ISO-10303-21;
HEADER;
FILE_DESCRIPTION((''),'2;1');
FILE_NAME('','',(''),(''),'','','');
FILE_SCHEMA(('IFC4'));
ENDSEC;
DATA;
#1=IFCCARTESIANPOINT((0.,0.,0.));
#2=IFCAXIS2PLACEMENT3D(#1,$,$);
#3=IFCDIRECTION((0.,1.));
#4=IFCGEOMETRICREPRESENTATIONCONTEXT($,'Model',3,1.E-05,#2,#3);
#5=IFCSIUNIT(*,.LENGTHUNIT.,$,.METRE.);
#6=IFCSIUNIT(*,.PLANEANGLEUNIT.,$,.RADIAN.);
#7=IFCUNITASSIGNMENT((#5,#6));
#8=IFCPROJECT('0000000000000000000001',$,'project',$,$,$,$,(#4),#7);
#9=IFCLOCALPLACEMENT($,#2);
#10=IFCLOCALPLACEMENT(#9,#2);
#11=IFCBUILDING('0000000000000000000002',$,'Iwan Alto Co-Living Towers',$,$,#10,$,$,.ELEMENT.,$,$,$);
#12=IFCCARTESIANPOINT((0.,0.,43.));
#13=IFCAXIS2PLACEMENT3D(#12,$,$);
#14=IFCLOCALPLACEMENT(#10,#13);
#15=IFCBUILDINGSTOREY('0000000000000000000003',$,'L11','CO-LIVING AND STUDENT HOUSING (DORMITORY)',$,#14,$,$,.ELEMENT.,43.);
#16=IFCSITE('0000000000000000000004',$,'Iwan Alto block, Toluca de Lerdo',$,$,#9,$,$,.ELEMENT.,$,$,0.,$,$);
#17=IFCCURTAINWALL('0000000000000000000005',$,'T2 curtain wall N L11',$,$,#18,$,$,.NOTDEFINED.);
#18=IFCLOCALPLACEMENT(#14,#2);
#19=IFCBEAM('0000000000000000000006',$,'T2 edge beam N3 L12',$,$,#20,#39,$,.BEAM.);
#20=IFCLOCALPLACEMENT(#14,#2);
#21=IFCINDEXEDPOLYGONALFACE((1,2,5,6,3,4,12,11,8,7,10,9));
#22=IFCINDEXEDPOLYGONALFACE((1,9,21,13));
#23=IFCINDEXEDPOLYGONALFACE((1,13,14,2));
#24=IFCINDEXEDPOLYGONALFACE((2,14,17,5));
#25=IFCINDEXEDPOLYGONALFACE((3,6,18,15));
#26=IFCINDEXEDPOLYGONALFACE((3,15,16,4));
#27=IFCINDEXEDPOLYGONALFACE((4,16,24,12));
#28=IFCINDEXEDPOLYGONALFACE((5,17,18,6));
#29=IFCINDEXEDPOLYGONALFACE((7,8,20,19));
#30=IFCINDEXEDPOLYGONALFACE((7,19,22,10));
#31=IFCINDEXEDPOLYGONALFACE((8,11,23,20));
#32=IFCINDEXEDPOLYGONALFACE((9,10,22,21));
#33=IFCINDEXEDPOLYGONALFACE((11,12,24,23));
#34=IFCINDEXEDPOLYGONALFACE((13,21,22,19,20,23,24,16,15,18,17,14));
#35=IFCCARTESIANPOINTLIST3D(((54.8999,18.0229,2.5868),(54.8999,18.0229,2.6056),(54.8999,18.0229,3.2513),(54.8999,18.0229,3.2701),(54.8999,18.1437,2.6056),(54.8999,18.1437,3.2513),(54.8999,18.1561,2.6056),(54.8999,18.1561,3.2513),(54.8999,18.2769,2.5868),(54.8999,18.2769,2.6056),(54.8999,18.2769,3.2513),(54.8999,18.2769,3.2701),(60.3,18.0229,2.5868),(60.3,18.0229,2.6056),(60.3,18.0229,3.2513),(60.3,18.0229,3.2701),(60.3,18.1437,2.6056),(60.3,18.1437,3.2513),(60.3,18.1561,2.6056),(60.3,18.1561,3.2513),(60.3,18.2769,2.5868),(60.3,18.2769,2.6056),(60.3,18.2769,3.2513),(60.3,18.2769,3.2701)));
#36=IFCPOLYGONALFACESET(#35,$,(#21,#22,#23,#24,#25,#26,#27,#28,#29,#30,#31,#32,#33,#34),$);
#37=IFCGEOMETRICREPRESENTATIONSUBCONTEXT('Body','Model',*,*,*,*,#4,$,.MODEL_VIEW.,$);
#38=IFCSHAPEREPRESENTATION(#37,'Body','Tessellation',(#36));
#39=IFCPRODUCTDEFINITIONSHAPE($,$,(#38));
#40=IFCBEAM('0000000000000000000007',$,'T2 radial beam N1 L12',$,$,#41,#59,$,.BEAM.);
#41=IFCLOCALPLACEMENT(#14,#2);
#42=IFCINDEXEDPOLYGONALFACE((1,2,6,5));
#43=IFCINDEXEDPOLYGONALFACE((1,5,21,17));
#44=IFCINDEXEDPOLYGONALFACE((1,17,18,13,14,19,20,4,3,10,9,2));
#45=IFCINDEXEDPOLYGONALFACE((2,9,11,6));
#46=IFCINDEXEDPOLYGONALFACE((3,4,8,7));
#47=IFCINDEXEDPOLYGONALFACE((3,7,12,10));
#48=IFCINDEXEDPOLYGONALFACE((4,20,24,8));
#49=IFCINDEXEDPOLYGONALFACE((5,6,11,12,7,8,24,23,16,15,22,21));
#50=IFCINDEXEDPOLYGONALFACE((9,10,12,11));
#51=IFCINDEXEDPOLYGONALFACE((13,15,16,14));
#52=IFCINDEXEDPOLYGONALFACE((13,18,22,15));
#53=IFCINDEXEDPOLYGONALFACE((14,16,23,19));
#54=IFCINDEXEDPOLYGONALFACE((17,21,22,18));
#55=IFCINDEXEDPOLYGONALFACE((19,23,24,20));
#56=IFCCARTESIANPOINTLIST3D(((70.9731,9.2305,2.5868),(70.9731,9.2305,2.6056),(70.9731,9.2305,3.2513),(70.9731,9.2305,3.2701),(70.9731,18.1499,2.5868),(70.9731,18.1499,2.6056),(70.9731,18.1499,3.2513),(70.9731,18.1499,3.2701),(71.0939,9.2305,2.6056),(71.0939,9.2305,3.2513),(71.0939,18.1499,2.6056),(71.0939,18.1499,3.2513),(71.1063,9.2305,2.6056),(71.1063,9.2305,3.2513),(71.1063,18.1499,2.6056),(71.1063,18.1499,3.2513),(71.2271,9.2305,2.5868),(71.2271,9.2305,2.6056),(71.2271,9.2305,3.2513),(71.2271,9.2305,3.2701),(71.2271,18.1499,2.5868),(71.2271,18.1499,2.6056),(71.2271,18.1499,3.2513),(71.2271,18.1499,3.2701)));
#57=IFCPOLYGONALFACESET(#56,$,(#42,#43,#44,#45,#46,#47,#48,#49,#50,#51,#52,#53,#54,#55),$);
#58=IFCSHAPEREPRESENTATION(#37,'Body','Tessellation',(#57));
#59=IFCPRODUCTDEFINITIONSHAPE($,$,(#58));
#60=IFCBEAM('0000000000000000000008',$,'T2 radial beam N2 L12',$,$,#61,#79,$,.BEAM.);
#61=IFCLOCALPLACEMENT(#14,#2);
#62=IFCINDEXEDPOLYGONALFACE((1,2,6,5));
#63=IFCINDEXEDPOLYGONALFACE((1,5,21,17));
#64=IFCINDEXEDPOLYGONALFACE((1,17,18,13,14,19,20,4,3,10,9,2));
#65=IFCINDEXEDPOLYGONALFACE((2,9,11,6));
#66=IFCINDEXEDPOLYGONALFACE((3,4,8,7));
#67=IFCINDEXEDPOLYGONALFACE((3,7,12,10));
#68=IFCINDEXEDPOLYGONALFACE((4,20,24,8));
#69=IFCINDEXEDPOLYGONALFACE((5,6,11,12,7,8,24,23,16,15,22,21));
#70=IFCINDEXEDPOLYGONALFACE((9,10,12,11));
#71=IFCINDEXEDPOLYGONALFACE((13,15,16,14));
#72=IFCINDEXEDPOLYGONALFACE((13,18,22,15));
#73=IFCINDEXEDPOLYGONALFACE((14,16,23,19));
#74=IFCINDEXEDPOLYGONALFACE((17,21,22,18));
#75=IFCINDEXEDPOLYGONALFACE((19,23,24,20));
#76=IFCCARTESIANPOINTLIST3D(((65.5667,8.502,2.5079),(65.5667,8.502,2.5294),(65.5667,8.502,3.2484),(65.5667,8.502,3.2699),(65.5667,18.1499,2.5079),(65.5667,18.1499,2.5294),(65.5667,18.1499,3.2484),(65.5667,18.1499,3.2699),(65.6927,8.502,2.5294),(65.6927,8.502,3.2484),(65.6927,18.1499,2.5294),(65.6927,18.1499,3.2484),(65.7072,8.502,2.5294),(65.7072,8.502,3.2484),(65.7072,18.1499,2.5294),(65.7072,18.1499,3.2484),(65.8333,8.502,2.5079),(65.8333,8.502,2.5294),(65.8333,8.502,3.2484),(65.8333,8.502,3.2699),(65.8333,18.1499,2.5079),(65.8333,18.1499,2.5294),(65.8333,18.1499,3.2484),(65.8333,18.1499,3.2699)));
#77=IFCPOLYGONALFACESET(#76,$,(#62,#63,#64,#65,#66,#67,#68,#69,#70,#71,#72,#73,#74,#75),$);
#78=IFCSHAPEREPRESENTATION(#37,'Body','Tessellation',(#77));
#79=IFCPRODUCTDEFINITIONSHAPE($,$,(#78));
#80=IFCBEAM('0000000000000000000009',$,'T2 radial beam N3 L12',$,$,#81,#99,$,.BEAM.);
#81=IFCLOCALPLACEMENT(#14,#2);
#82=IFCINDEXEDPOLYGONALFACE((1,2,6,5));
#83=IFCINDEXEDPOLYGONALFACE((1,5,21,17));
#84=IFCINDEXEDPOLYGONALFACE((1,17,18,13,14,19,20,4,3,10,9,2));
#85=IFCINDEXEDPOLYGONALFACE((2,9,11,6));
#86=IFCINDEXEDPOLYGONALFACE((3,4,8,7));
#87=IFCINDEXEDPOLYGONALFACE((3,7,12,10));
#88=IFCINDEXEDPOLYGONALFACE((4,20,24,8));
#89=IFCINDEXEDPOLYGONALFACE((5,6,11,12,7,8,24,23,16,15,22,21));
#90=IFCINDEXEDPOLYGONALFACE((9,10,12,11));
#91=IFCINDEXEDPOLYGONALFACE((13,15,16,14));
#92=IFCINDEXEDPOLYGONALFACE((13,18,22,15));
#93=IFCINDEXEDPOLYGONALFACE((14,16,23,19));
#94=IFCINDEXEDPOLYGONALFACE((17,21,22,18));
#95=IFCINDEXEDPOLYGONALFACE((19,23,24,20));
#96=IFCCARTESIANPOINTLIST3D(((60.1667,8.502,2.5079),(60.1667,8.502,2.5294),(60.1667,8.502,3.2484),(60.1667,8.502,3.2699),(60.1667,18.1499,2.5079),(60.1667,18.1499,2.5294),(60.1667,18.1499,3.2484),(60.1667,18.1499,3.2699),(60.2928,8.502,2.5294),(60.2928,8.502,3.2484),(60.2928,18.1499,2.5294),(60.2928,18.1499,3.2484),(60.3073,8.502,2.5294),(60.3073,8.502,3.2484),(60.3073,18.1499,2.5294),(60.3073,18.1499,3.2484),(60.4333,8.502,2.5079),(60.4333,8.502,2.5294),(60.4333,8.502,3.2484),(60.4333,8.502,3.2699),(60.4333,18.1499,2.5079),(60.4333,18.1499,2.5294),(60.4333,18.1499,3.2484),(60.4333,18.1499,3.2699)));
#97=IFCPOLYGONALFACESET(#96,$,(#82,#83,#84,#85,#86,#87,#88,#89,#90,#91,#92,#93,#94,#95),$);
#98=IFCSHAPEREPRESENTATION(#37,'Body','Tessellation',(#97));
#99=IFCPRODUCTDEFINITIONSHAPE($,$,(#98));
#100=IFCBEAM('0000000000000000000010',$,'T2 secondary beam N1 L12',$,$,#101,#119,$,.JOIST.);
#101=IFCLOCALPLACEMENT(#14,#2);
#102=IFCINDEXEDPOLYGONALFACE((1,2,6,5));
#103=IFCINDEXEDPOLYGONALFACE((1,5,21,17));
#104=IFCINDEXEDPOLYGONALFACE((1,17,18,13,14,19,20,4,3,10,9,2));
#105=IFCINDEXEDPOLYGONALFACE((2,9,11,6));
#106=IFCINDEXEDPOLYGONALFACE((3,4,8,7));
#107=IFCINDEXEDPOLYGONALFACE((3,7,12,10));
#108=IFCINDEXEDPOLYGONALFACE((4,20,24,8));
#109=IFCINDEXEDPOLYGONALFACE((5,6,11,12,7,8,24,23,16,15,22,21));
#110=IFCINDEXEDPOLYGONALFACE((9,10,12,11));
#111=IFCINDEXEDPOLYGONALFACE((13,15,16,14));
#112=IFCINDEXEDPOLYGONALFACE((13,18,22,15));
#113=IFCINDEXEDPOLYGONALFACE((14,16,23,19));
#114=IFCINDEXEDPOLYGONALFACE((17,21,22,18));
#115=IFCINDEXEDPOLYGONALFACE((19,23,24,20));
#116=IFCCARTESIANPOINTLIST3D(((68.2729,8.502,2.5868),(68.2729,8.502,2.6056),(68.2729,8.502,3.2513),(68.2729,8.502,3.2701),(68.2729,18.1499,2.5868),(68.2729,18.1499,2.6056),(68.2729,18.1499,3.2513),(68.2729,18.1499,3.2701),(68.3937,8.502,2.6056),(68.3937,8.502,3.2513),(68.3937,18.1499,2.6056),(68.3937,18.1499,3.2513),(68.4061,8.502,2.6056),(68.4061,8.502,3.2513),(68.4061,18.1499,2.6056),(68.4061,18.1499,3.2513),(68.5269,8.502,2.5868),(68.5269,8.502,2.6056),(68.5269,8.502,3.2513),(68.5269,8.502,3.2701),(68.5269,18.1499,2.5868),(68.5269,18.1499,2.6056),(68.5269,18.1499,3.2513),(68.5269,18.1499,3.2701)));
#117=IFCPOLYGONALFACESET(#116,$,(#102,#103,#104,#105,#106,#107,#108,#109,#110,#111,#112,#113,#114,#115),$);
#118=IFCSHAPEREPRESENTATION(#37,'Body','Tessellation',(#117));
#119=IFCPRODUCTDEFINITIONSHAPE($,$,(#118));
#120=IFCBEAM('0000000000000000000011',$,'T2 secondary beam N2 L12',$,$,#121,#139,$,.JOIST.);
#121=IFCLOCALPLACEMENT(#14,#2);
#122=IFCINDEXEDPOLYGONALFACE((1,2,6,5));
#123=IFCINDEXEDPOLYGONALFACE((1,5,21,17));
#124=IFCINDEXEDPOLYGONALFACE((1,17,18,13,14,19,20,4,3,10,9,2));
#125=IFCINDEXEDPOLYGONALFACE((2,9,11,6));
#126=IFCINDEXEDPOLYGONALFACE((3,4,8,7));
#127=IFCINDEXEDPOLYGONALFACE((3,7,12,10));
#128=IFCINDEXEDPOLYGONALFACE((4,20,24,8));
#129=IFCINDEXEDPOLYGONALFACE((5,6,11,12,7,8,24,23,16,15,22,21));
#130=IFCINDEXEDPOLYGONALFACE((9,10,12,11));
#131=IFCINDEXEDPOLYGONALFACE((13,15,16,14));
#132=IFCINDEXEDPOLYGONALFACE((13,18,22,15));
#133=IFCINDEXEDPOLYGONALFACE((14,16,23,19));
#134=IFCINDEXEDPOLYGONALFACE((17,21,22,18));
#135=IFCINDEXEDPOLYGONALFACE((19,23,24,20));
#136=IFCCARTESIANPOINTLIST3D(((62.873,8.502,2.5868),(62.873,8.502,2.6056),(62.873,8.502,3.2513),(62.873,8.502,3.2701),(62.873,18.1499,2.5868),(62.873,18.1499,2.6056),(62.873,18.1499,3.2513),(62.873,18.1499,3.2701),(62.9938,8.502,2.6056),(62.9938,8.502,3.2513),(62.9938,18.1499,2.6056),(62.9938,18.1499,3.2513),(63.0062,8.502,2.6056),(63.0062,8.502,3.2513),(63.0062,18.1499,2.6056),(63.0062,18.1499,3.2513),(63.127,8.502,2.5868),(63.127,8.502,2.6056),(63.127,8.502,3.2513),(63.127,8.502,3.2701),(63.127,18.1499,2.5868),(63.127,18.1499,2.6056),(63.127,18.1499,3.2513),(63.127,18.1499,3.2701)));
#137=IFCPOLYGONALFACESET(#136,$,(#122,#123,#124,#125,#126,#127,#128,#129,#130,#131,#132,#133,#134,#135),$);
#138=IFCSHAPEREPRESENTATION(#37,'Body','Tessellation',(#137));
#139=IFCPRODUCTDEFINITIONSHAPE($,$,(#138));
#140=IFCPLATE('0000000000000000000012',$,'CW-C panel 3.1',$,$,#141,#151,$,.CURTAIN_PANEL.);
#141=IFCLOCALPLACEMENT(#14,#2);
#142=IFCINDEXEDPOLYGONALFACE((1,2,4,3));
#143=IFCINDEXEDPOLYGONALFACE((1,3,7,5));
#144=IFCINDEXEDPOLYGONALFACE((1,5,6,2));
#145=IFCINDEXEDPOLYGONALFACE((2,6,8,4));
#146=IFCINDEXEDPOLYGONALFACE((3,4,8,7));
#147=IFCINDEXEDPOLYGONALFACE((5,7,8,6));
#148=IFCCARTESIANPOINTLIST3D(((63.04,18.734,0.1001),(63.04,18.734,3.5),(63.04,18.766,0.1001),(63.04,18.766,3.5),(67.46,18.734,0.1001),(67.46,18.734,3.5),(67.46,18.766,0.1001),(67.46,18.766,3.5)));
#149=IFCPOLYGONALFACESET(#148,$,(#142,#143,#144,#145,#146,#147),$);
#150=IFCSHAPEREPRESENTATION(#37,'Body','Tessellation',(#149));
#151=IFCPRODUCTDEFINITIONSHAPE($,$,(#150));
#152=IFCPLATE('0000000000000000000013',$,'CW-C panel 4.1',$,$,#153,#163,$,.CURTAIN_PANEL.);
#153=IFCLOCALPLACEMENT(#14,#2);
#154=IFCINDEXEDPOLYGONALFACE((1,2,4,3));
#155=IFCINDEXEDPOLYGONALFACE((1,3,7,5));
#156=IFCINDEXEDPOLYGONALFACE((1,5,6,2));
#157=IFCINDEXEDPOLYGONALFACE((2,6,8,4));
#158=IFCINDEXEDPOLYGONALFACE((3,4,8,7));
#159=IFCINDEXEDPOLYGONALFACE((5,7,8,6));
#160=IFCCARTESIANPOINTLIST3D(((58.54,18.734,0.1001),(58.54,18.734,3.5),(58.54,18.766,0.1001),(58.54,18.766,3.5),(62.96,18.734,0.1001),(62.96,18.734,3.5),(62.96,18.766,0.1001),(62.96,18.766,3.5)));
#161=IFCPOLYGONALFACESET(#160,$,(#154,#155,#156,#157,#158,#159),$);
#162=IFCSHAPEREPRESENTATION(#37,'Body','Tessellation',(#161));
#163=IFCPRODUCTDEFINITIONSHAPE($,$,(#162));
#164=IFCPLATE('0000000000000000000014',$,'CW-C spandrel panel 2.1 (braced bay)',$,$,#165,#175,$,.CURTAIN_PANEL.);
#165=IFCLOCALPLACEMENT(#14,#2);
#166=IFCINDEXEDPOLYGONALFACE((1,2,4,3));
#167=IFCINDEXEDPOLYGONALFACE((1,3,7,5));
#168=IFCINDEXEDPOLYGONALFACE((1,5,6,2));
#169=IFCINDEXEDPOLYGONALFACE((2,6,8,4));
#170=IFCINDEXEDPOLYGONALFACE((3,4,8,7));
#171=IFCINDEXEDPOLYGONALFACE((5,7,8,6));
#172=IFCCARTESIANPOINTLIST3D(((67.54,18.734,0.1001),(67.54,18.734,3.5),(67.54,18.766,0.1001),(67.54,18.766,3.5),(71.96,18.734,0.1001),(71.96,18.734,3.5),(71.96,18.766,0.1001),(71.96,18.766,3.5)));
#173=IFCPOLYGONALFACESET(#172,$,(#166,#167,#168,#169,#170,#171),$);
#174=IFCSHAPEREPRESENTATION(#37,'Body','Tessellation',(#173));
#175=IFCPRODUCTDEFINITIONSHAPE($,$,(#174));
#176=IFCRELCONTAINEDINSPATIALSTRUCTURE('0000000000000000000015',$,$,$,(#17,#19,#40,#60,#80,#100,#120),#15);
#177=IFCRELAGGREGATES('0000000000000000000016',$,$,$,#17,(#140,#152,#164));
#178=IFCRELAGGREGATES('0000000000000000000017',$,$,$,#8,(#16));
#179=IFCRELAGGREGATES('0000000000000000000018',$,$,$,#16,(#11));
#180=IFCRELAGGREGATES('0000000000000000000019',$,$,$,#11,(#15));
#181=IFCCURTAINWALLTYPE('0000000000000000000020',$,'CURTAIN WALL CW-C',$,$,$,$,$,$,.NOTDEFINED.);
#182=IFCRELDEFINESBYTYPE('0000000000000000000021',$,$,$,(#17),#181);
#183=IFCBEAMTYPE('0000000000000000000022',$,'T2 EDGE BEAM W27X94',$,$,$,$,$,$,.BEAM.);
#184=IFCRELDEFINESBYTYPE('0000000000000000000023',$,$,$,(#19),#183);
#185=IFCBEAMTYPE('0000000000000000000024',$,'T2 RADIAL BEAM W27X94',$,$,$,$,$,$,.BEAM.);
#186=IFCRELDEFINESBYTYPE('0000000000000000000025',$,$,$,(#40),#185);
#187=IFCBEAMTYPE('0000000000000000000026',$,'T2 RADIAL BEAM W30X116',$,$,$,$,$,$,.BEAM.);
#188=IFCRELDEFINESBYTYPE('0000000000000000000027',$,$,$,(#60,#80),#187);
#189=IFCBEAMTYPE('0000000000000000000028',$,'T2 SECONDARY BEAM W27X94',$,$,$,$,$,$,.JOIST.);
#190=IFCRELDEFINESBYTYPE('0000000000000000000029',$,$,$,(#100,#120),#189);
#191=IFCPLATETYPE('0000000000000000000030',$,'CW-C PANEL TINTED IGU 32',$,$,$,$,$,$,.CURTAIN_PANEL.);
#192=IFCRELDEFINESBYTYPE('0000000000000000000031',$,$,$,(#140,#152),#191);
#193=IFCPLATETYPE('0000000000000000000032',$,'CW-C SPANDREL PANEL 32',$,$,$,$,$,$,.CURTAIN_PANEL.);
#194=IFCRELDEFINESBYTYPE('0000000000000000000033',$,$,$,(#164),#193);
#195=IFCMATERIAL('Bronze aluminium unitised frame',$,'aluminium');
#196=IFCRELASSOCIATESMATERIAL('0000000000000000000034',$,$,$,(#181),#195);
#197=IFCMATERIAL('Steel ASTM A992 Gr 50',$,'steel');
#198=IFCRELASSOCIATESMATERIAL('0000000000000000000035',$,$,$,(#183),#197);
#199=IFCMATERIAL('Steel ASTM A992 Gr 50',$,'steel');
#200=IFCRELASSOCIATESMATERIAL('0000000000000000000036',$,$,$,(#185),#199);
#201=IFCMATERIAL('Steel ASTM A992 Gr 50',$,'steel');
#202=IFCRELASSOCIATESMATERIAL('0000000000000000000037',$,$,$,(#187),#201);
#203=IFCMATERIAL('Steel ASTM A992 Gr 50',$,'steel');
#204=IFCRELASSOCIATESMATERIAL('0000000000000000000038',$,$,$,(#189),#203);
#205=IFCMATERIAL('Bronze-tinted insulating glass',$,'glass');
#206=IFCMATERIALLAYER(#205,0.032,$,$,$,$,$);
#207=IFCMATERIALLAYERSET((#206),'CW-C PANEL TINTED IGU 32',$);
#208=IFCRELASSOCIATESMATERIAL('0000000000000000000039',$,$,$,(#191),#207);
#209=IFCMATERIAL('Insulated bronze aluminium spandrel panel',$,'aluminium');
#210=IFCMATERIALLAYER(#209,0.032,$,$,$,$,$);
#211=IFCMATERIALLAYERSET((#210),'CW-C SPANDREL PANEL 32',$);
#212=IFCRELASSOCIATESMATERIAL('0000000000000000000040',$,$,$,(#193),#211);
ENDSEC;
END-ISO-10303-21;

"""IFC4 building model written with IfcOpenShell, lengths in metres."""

from ifc_helpers import new_model, si_unit, direction, frame, origin, origin_2d, place, context, subcontext, project, spatial, rectangle, i_section, extrude, material, layer, layer_set, material_profile, profile_set, type_object, element, aggregate, save


model = new_model("IFC4")

# Units and contexts
model_context = context("Model", 3, precision=1e-05, world=origin(), true_north=direction((0.0, 1.0)))
body_context = subcontext(model_context, "Body", "Model", "MODEL_VIEW")
ifc_project = project(units=[si_unit("LENGTHUNIT", "METRE"), si_unit("PLANEANGLEUNIT", "RADIAN")], contexts=[model_context])

# Site, building, storey
site_placement = place(None, origin())
site = spatial("IfcSite", under=ifc_project, at=site_placement, Name="Iwan Alto block, Toluca de Lerdo", CompositionType="ELEMENT", RefElevation=0.0)
building_placement = place(site_placement, origin())
building = spatial("IfcBuilding", under=site, at=building_placement, Name="Iwan Alto Co-Living Towers", CompositionType="ELEMENT")
storey_placement = place(building_placement, frame((0.0, 0.0, 43.0)))
storey = spatial("IfcBuildingStorey", under=building, at=storey_placement, Name="L11", Description="CO-LIVING AND STUDENT HOUSING (DORMITORY)", CompositionType="ELEMENT", Elevation=43.0)

# Curtain wall
ifc_material_1 = material(Name="Bronze aluminium unitised frame", Category="aluminium")
curtain_wall_type = type_object("IfcCurtainWallType", Name="CURTAIN WALL CW-C", PredefinedType="NOTDEFINED", material=ifc_material_1)
curtain_wall_placement = place(storey_placement, origin())
curtain_wall = element("IfcCurtainWall", 1, at=curtain_wall_placement, inside=storey, type_object=curtain_wall_type, Name="T2 curtain wall N L11", PredefinedType="NOTDEFINED")

# Beams
ifc_material_2 = material(Name="Steel ASTM A992 Gr 50", Category="steel")
ifc_material_profile_1 = material_profile(ifc_material_2, i_section(OverallWidth=0.2539, OverallDepth=0.6833, WebThickness=0.0125, FlangeThickness=0.0188, at=origin_2d()), Name="W27X94")
ifc_profile_set_1 = profile_set([ifc_material_profile_1], Name="Steel ASTM A992 Gr 50")
beam_type_1 = type_object("IfcBeamType", Name="T2 EDGE BEAM W27X94", PredefinedType="BEAM", material=ifc_profile_set_1)
beam_1_placement = place(storey_placement, frame((60.3, 18.1499, 2.9285), z_axis=(-1.0, 0.0, 0.0), x_axis=(0.0, -1.0, 0.0)))
element("IfcBeam", 2, at=beam_1_placement, inside=storey, type_object=beam_type_1, Name="T2 edge beam N3 L12", PredefinedType="BEAM", context=body_context, shape_type="SweptSolid", body=[
    extrude(i_section(OverallWidth=0.2539, OverallDepth=0.6833, WebThickness=0.0125, FlangeThickness=0.0188, at=origin_2d()), origin(), (0.0, 0.0, 1.0), 5.4001),
])
ifc_material_3 = material(Name="Steel ASTM A992 Gr 50", Category="steel")
ifc_material_profile_2 = material_profile(ifc_material_3, i_section(OverallWidth=0.2539, OverallDepth=0.6833, WebThickness=0.0125, FlangeThickness=0.0188, at=origin_2d()), Name="W27X94")
ifc_profile_set_2 = profile_set([ifc_material_profile_2], Name="Steel ASTM A992 Gr 50")
beam_type_2 = type_object("IfcBeamType", Name="T2 RADIAL BEAM W27X94", PredefinedType="BEAM", material=ifc_profile_set_2)
beam_2_placement = place(storey_placement, frame((71.1001, 18.1499, 2.9285), z_axis=(0.0, -1.0, 0.0), x_axis=(1.0, 0.0, 0.0)))
element("IfcBeam", 3, at=beam_2_placement, inside=storey, type_object=beam_type_2, Name="T2 radial beam N1 L12", PredefinedType="BEAM", context=body_context, shape_type="SweptSolid", body=[
    extrude(i_section(OverallWidth=0.2539, OverallDepth=0.6833, WebThickness=0.0125, FlangeThickness=0.0188, at=origin_2d()), origin(), (0.0, 0.0, 1.0), 8.9194),
])
ifc_material_4 = material(Name="Steel ASTM A992 Gr 50", Category="steel")
ifc_material_profile_3 = material_profile(ifc_material_4, i_section(OverallWidth=0.2666, OverallDepth=0.762, WebThickness=0.0144, FlangeThickness=0.0215, at=origin_2d()), Name="W30X116")
ifc_profile_set_3 = profile_set([ifc_material_profile_3], Name="Steel ASTM A992 Gr 50")
beam_type_3 = type_object("IfcBeamType", Name="T2 RADIAL BEAM W30X116", PredefinedType="BEAM", material=ifc_profile_set_3)
for number, where, z_axis, x_axis, name in (
    (4, (65.7, 18.1499, 2.8889), (0.0, -1.0, 0.0), (1.0, 0.0, 0.0), "T2 radial beam N2 L12"),
    (5, (60.3, 18.1499, 2.8889), (0.0, -1.0, 0.0), (1.0, 0.0, 0.0), "T2 radial beam N3 L12"),
):
    element("IfcBeam", number, at=place(storey_placement, frame(where, z_axis=z_axis, x_axis=x_axis)), inside=storey, type_object=beam_type_3, Name=name, PredefinedType="BEAM", context=body_context, shape_type="SweptSolid", body=[
        extrude(i_section(OverallWidth=0.2666, OverallDepth=0.762, WebThickness=0.0144, FlangeThickness=0.0215, at=origin_2d()), origin(), (0.0, 0.0, 1.0), 9.6479),
    ])
ifc_material_5 = material(Name="Steel ASTM A992 Gr 50", Category="steel")
ifc_material_profile_4 = material_profile(ifc_material_5, i_section(OverallWidth=0.2539, OverallDepth=0.6833, WebThickness=0.0125, FlangeThickness=0.0188, at=origin_2d()), Name="W27X94")
ifc_profile_set_4 = profile_set([ifc_material_profile_4], Name="Steel ASTM A992 Gr 50")
beam_type_4 = type_object("IfcBeamType", Name="T2 SECONDARY BEAM W27X94", PredefinedType="JOIST", material=ifc_profile_set_4)
for number, where, z_axis, x_axis, name in (
    (6, (68.3999, 18.1499, 2.9285), (0.0, -1.0, 0.0), (1.0, 0.0, 0.0), "T2 secondary beam N1 L12"),
    (7, (63.0, 18.1499, 2.9285), (0.0, -1.0, 0.0), (1.0, 0.0, 0.0), "T2 secondary beam N2 L12"),
):
    element("IfcBeam", number, at=place(storey_placement, frame(where, z_axis=z_axis, x_axis=x_axis)), inside=storey, type_object=beam_type_4, Name=name, PredefinedType="JOIST", context=body_context, shape_type="SweptSolid", body=[
        extrude(i_section(OverallWidth=0.2539, OverallDepth=0.6833, WebThickness=0.0125, FlangeThickness=0.0188, at=origin_2d()), origin(), (0.0, 0.0, 1.0), 9.6479),
    ])

# Plates
ifc_material_6 = material(Name="Bronze-tinted insulating glass", Category="glass")
ifc_layer_1 = layer(ifc_material_6, 0.032)
ifc_layer_set_1 = layer_set([ifc_layer_1], Name="CW-C PANEL TINTED IGU 32")
plate_type_1 = type_object("IfcPlateType", Name="CW-C PANEL TINTED IGU 32", PredefinedType="CURTAIN_PANEL", material=ifc_layer_set_1)
plate_1_placement = place(storey_placement, frame((65.25, 18.75, 0.1001), z_axis=(0.0, 0.0, 1.0), x_axis=(-1.0, 0.0, 0.0)))
plate_1 = element("IfcPlate", 8, at=plate_1_placement, type_object=plate_type_1, Name="CW-C panel 3.1", PredefinedType="CURTAIN_PANEL", context=body_context, shape_type="SweptSolid", body=[
    extrude(rectangle(XDim=4.4199, YDim=0.032, at=origin_2d()), origin(), (0.0, 0.0, 1.0), 3.3999),
])
plate_2_placement = place(storey_placement, frame((60.75, 18.75, 0.1001), z_axis=(0.0, 0.0, 1.0), x_axis=(-1.0, 0.0, 0.0)))
plate_2 = element("IfcPlate", 9, at=plate_2_placement, type_object=plate_type_1, Name="CW-C panel 4.1", PredefinedType="CURTAIN_PANEL", context=body_context, shape_type="SweptSolid", body=[
    extrude(rectangle(XDim=4.4199, YDim=0.032, at=origin_2d()), origin(), (0.0, 0.0, 1.0), 3.3999),
])
ifc_material_7 = material(Name="Insulated bronze aluminium spandrel panel", Category="aluminium")
ifc_layer_2 = layer(ifc_material_7, 0.032)
ifc_layer_set_2 = layer_set([ifc_layer_2], Name="CW-C SPANDREL PANEL 32")
plate_type_2 = type_object("IfcPlateType", Name="CW-C SPANDREL PANEL 32", PredefinedType="CURTAIN_PANEL", material=ifc_layer_set_2)
plate_3_placement = place(storey_placement, frame((69.75, 18.75, 0.1001), z_axis=(0.0, 0.0, 1.0), x_axis=(-1.0, 0.0, 0.0)))
plate_3 = element("IfcPlate", 10, at=plate_3_placement, type_object=plate_type_2, Name="CW-C spandrel panel 2.1 (braced bay)", PredefinedType="CURTAIN_PANEL", context=body_context, shape_type="SweptSolid", body=[
    extrude(rectangle(XDim=4.4199, YDim=0.032, at=origin_2d()), origin(), (0.0, 0.0, 1.0), 3.3999),
])
aggregate(curtain_wall, [plate_1, plate_2, plate_3])

save(model, "model.ifc")
